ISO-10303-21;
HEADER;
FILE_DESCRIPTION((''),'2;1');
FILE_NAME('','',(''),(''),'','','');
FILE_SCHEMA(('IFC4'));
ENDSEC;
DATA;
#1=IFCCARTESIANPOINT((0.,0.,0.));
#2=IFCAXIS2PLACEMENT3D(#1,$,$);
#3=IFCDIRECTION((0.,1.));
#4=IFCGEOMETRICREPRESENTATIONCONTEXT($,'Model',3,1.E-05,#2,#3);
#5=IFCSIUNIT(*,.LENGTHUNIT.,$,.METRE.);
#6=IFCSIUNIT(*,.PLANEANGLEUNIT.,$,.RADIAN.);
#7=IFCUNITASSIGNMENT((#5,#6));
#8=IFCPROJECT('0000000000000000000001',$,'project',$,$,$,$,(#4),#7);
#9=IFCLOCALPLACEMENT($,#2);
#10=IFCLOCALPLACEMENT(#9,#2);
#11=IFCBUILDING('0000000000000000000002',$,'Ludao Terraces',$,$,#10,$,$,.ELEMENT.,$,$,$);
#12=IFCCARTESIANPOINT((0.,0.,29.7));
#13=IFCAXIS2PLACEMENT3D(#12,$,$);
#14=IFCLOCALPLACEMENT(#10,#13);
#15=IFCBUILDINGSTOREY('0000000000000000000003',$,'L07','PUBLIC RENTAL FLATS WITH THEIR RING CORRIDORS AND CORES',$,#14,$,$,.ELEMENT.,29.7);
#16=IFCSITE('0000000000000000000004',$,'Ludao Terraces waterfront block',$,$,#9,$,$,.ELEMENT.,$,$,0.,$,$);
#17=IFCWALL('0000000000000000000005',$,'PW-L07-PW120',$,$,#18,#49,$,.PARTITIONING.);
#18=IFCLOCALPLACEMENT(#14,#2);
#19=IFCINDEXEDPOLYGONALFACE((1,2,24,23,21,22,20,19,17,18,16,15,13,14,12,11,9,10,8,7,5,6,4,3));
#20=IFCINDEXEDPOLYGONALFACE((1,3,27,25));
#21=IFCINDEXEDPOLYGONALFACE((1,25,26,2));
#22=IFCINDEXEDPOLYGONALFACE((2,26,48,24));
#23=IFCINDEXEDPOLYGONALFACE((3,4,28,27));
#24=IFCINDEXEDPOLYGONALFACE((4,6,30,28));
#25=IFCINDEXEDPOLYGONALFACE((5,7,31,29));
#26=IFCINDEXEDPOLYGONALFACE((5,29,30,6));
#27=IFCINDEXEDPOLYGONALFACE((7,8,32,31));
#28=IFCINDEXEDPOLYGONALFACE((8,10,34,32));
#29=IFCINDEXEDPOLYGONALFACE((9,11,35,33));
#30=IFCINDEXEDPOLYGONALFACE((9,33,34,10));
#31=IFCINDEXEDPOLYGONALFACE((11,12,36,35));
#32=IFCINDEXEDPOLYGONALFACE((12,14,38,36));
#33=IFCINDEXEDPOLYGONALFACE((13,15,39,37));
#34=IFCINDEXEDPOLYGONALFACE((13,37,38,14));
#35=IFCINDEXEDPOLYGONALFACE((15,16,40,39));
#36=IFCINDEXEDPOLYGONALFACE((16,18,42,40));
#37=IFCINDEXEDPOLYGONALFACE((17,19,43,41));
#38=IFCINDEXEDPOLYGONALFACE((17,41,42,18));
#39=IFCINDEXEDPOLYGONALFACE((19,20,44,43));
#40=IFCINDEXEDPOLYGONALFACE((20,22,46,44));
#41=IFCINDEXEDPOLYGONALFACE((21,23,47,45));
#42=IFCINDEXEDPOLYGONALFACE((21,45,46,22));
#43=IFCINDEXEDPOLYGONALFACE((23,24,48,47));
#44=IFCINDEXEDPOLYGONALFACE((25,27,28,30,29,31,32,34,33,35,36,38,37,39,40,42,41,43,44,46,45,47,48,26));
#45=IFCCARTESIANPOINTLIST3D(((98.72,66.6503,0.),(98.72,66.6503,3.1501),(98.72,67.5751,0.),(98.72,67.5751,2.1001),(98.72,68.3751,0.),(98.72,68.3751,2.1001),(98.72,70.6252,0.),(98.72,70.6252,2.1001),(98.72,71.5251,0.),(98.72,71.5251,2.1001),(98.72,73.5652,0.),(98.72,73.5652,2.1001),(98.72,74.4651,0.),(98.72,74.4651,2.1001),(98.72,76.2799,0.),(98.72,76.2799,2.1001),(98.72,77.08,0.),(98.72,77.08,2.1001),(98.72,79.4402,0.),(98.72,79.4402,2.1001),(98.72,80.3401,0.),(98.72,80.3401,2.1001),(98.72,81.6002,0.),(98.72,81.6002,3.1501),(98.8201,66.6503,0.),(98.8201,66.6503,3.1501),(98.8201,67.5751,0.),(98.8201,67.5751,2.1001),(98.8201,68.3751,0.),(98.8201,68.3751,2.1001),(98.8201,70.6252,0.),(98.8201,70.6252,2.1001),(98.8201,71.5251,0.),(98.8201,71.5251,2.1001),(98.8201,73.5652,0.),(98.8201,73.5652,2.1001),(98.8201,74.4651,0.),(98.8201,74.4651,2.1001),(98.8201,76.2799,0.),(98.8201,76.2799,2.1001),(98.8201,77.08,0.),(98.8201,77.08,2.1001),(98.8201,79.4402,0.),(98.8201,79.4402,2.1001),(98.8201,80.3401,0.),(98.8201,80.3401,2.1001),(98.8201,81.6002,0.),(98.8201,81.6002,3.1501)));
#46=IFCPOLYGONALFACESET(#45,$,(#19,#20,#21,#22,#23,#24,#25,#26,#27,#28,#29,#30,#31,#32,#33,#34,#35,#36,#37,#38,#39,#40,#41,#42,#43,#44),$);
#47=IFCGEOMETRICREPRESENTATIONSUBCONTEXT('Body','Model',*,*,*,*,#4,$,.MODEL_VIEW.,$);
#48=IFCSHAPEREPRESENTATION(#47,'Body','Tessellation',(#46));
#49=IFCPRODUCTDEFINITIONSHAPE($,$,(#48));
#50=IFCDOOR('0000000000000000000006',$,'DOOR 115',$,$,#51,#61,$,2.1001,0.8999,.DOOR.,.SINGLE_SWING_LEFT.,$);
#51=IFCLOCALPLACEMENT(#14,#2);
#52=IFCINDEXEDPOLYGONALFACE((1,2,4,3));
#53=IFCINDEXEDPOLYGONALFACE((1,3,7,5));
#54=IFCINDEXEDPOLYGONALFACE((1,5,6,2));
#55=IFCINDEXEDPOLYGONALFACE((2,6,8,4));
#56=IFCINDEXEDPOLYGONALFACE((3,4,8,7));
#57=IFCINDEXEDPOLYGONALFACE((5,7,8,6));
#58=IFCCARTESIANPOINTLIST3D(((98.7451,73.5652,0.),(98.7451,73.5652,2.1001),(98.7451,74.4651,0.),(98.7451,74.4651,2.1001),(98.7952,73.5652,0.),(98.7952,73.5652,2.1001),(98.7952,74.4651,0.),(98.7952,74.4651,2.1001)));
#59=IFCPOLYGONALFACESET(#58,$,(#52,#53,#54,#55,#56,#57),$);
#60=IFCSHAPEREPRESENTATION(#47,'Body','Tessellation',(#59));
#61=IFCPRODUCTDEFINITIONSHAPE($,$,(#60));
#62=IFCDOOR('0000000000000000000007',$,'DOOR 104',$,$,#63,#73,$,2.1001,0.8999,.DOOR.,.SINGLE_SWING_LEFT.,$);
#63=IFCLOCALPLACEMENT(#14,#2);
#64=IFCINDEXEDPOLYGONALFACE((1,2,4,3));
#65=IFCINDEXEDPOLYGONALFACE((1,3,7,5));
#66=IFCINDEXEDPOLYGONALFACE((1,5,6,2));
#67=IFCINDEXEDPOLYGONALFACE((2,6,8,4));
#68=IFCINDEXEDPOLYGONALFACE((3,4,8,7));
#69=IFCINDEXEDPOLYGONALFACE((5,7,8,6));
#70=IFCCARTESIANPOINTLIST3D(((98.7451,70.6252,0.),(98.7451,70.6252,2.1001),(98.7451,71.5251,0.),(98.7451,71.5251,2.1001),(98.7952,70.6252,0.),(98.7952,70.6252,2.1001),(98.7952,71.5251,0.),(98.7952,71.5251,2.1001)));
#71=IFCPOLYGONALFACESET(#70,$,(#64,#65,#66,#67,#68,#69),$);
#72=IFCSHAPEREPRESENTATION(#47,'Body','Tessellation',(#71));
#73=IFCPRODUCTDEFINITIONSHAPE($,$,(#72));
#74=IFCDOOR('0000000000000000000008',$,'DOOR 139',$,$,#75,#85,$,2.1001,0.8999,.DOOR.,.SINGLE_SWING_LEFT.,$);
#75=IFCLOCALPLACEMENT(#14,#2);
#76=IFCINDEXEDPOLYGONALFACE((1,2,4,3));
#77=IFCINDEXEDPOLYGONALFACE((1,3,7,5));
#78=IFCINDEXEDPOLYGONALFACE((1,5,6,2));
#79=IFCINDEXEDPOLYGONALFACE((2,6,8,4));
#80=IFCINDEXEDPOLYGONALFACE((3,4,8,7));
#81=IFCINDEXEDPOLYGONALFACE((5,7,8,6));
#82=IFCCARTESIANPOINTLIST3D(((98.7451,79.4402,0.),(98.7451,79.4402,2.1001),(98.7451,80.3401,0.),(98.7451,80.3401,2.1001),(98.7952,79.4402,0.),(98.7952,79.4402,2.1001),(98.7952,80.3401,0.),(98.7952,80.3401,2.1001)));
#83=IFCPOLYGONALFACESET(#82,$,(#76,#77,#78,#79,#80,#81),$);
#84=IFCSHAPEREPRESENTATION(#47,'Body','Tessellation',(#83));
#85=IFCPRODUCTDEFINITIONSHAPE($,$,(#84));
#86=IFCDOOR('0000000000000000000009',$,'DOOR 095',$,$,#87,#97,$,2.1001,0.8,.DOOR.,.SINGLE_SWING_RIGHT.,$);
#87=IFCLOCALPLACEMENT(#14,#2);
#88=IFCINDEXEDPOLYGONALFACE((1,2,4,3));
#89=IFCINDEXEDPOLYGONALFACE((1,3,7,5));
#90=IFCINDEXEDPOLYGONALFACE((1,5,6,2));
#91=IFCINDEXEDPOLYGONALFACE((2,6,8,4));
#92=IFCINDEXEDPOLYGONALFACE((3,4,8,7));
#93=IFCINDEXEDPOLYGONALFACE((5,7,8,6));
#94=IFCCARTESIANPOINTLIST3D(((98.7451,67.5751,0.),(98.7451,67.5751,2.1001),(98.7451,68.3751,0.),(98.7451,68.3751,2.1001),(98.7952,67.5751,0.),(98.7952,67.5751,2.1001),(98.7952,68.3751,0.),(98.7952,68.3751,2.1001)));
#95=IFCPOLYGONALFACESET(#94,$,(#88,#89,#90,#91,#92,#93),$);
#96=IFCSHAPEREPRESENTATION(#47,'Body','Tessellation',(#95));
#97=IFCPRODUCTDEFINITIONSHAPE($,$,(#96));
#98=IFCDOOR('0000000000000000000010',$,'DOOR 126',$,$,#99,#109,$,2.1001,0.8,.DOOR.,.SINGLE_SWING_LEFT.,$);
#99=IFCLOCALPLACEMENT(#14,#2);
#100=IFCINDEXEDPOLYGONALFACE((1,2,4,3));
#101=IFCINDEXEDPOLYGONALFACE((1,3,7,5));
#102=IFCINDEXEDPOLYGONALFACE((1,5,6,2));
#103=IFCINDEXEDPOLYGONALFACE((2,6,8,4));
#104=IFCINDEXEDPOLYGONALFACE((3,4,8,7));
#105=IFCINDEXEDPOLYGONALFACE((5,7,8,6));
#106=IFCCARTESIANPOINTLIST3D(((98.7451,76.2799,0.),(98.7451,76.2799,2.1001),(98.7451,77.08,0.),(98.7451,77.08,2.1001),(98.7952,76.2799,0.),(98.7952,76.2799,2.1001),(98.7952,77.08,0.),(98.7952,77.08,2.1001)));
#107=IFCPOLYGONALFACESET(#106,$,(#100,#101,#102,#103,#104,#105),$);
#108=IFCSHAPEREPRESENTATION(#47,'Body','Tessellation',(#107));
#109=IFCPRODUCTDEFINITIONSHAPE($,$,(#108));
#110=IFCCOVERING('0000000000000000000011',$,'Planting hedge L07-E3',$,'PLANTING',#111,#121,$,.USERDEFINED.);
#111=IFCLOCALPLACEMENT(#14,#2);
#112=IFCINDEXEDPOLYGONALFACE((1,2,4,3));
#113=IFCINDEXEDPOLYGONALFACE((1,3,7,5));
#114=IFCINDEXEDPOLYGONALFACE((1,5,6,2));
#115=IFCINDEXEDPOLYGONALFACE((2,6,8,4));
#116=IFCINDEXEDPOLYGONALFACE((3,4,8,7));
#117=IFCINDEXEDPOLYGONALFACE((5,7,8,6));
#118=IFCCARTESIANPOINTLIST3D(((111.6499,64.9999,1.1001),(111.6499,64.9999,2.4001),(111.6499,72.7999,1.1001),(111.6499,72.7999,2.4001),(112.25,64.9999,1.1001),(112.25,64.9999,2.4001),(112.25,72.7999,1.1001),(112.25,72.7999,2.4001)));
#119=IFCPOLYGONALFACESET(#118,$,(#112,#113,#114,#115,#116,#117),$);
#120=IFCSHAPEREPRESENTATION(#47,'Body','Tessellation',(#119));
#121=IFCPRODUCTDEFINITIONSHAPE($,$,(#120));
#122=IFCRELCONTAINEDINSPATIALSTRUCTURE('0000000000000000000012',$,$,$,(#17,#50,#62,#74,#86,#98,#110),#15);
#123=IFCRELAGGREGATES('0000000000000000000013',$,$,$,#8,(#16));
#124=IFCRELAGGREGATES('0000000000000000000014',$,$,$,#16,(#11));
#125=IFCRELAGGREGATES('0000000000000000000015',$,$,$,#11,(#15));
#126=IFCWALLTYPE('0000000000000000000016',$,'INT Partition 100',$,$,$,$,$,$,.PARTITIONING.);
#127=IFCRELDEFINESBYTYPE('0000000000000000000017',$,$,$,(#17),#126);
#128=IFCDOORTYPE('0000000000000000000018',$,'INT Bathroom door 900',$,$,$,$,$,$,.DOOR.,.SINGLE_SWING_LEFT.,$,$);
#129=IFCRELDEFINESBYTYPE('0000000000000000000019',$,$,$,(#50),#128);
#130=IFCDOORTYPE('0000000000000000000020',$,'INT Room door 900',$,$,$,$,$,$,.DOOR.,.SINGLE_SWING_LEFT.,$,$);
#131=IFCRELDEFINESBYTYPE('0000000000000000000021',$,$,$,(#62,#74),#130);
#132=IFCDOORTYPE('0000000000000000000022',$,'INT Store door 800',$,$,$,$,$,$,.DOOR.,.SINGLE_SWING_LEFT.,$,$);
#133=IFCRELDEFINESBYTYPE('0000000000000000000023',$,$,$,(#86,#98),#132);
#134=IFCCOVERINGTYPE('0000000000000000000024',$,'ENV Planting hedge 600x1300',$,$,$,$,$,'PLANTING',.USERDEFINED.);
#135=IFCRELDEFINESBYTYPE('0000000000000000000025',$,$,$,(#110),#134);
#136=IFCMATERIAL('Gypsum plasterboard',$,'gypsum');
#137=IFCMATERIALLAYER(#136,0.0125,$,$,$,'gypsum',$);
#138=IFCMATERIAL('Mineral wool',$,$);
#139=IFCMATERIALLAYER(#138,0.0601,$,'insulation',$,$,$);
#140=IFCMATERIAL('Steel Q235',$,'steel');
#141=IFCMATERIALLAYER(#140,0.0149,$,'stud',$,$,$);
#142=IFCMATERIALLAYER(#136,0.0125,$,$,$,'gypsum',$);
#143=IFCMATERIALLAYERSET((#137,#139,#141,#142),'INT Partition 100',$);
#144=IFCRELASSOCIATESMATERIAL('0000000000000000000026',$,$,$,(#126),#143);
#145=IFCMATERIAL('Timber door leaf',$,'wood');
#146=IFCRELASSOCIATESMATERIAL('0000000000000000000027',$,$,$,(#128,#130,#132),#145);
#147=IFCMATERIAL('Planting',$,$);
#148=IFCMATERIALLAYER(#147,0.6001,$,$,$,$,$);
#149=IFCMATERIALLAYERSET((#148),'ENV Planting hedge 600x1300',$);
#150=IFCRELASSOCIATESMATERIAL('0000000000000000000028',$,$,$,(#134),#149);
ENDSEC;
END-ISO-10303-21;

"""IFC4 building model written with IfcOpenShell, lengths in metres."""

from ifc_helpers import new_model, si_unit, direction, frame, frame_2d, origin, origin_2d, place, context, subcontext, project, spatial, rectangle, extrude, material, layer, layer_set, type_object, element, fill, save


model = new_model("IFC4")

# Units and contexts
model_context = context("Model", 3, precision=1e-05, world=origin(), true_north=direction((0.0, 1.0)))
body_context = subcontext(model_context, "Body", "Model", "MODEL_VIEW")
ifc_project = project(units=[si_unit("LENGTHUNIT", "METRE"), si_unit("PLANEANGLEUNIT", "RADIAN")], contexts=[model_context])

# Site, building, storey
site_placement = place(None, origin())
site = spatial("IfcSite", under=ifc_project, at=site_placement, Name="Ludao Terraces waterfront block", CompositionType="ELEMENT", RefElevation=0.0)
building_placement = place(site_placement, origin())
building = spatial("IfcBuilding", under=site, at=building_placement, Name="Ludao Terraces", CompositionType="ELEMENT")
storey_placement = place(building_placement, frame((0.0, 0.0, 29.7)))
storey = spatial("IfcBuildingStorey", under=building, at=storey_placement, Name="L07", Description="PUBLIC RENTAL FLATS WITH THEIR RING CORRIDORS AND CORES", CompositionType="ELEMENT", Elevation=29.7)

# Shared definitions
ifc_material_1 = material(Name="Mineral wool")

# Shared definitions
ifc_material_2 = material(Name="Gypsum plasterboard", Category="gypsum")
ifc_layer_1 = layer(ifc_material_2, 0.0125, Category="gypsum")
ifc_layer_2 = layer(ifc_material_1, 0.0601, Name="insulation")
ifc_material_3 = material(Name="Steel Q235", Category="steel")
ifc_layer_3 = layer(ifc_material_3, 0.0149, Name="stud")
ifc_layer_4 = layer(ifc_material_2, 0.0125, Category="gypsum")
ifc_layer_set_1 = layer_set([ifc_layer_1, ifc_layer_2, ifc_layer_3, ifc_layer_4], Name="INT Partition 100")
wall_type_1 = type_object("IfcWallType", Name="INT Partition 100", PredefinedType="PARTITIONING", material=ifc_layer_set_1)

# Wall, openings, doors
wall_1_placement = place(storey_placement, frame((98.77, 66.6501, 0.0), z_axis=(0.0, 0.0, 1.0), x_axis=(0.0, 1.0, 0.0)))
wall_1 = element("IfcWall", 1, at=wall_1_placement, inside=storey, type_object=wall_type_1, Name="PW-L07-PW120", PredefinedType="PARTITIONING", context=body_context, shape_type="SweptSolid", body=[
    extrude(rectangle(XDim=14.95, YDim=0.1001, at=frame_2d((7.4751, 0.0))), origin(), (0.0, 0.0, 1.0), 3.1501),
])
opening_1_placement = place(wall_1_placement, frame((0.925, 0.0, 0.0)))
opening_1 = element("IfcOpeningElement", 2, at=opening_1_placement, cuts=wall_1, PredefinedType="OPENING", context=body_context, shape_type="SweptSolid", body=[
    extrude(rectangle(XDim=0.8, YDim=2.1001, at=frame_2d((0.3999, 1.05))), frame((0.0, 0.0601, 0.0), z_axis=(0.0, -1.0, 0.0), x_axis=(1.0, 0.0, 0.0)), (0.0, 0.0, 1.0), 0.1201),
])
opening_2_placement = place(wall_1_placement, frame((3.9751, 0.0, 0.0)))
opening_2 = element("IfcOpeningElement", 3, at=opening_2_placement, cuts=wall_1, PredefinedType="OPENING", context=body_context, shape_type="SweptSolid", body=[
    extrude(rectangle(XDim=0.8999, YDim=2.1001, at=frame_2d((0.45, 1.05))), frame((0.0, 0.0601, 0.0), z_axis=(0.0, -1.0, 0.0), x_axis=(1.0, 0.0, 0.0)), (0.0, 0.0, 1.0), 0.1201),
])
opening_3_placement = place(wall_1_placement, frame((6.915, 0.0, 0.0)))
opening_3 = element("IfcOpeningElement", 4, at=opening_3_placement, cuts=wall_1, PredefinedType="OPENING", context=body_context, shape_type="SweptSolid", body=[
    extrude(rectangle(XDim=0.8999, YDim=2.1001, at=frame_2d((0.45, 1.05))), frame((0.0, 0.0601, 0.0), z_axis=(0.0, -1.0, 0.0), x_axis=(1.0, 0.0, 0.0)), (0.0, 0.0, 1.0), 0.1201),
])
opening_4_placement = place(wall_1_placement, frame((9.6299, 0.0, 0.0)))
opening_4 = element("IfcOpeningElement", 5, at=opening_4_placement, cuts=wall_1, PredefinedType="OPENING", context=body_context, shape_type="SweptSolid", body=[
    extrude(rectangle(XDim=0.8, YDim=2.1001, at=frame_2d((0.3999, 1.05))), frame((0.0, 0.0601, 0.0), z_axis=(0.0, -1.0, 0.0), x_axis=(1.0, 0.0, 0.0)), (0.0, 0.0, 1.0), 0.1201),
])
opening_5_placement = place(wall_1_placement, frame((12.79, 0.0, 0.0)))
opening_5 = element("IfcOpeningElement", 6, at=opening_5_placement, cuts=wall_1, PredefinedType="OPENING", context=body_context, shape_type="SweptSolid", body=[
    extrude(rectangle(XDim=0.8999, YDim=2.1001, at=frame_2d((0.45, 1.05))), frame((0.0, 0.0601, 0.0), z_axis=(0.0, -1.0, 0.0), x_axis=(1.0, 0.0, 0.0)), (0.0, 0.0, 1.0), 0.1201),
])
ifc_material_4 = material(Name="Timber door leaf", Category="wood")
door_type_1 = type_object("IfcDoorType", Name="INT Bathroom door 900", OperationType="SINGLE_SWING_LEFT", PredefinedType="DOOR", material=ifc_material_4)
door_1_placement = place(opening_3_placement, origin())
door_1 = element("IfcDoor", 7, at=door_1_placement, inside=storey, type_object=door_type_1, Name="DOOR 115", OperationType="SINGLE_SWING_LEFT", OverallHeight=2.1001, OverallWidth=0.8999, PredefinedType="DOOR", context=body_context, shape_type="SweptSolid", body=[
    extrude(rectangle(XDim=0.8999, YDim=2.1001, at=frame_2d((0.45, 1.05))), frame((0.0, 0.0249, 0.0), z_axis=(0.0, -1.0, 0.0), x_axis=(1.0, 0.0, 0.0)), (0.0, 0.0, 1.0), 0.05),
])
fill(opening_3, door_1)
door_type_2 = type_object("IfcDoorType", Name="INT Room door 900", OperationType="SINGLE_SWING_LEFT", PredefinedType="DOOR", material=ifc_material_4)
door_2_placement = place(opening_2_placement, origin())
door_2 = element("IfcDoor", 8, at=door_2_placement, inside=storey, type_object=door_type_2, Name="DOOR 104", OperationType="SINGLE_SWING_LEFT", OverallHeight=2.1001, OverallWidth=0.8999, PredefinedType="DOOR", context=body_context, shape_type="SweptSolid", body=[
    extrude(rectangle(XDim=0.8999, YDim=2.1001, at=frame_2d((0.45, 1.05))), frame((0.0, 0.0249, 0.0), z_axis=(0.0, -1.0, 0.0), x_axis=(1.0, 0.0, 0.0)), (0.0, 0.0, 1.0), 0.05),
])
fill(opening_2, door_2)
door_3_placement = place(opening_5_placement, origin())
door_3 = element("IfcDoor", 9, at=door_3_placement, inside=storey, type_object=door_type_2, Name="DOOR 139", OperationType="SINGLE_SWING_LEFT", OverallHeight=2.1001, OverallWidth=0.8999, PredefinedType="DOOR", context=body_context, shape_type="SweptSolid", body=[
    extrude(rectangle(XDim=0.8999, YDim=2.1001, at=frame_2d((0.45, 1.05))), frame((0.0, 0.0249, 0.0), z_axis=(0.0, -1.0, 0.0), x_axis=(1.0, 0.0, 0.0)), (0.0, 0.0, 1.0), 0.05),
])
fill(opening_5, door_3)
door_type_3 = type_object("IfcDoorType", Name="INT Store door 800", OperationType="SINGLE_SWING_LEFT", PredefinedType="DOOR", material=ifc_material_4)
door_4_placement = place(opening_1_placement, origin())
door_4 = element("IfcDoor", 10, at=door_4_placement, inside=storey, type_object=door_type_3, Name="DOOR 095", OperationType="SINGLE_SWING_RIGHT", OverallHeight=2.1001, OverallWidth=0.8, PredefinedType="DOOR", context=body_context, shape_type="SweptSolid", body=[
    extrude(rectangle(XDim=0.8, YDim=2.1001, at=frame_2d((0.3999, 1.05))), frame((0.0, 0.0249, 0.0), z_axis=(0.0, -1.0, 0.0), x_axis=(1.0, 0.0, 0.0)), (0.0, 0.0, 1.0), 0.05),
])
fill(opening_1, door_4)
door_5_placement = place(opening_4_placement, origin())
door_5 = element("IfcDoor", 11, at=door_5_placement, inside=storey, type_object=door_type_3, Name="DOOR 126", OperationType="SINGLE_SWING_LEFT", OverallHeight=2.1001, OverallWidth=0.8, PredefinedType="DOOR", context=body_context, shape_type="SweptSolid", body=[
    extrude(rectangle(XDim=0.8, YDim=2.1001, at=frame_2d((0.3999, 1.05))), frame((0.0, 0.0249, 0.0), z_axis=(0.0, -1.0, 0.0), x_axis=(1.0, 0.0, 0.0)), (0.0, 0.0, 1.0), 0.05),
])
fill(opening_4, door_5)

# Covering
ifc_material_5 = material(Name="Planting")
ifc_layer_5 = layer(ifc_material_5, 0.6001)
ifc_layer_set_2 = layer_set([ifc_layer_5], Name="ENV Planting hedge 600x1300")
covering_type = type_object("IfcCoveringType", Name="ENV Planting hedge 600x1300", ElementType="PLANTING", PredefinedType="USERDEFINED", material=ifc_layer_set_2)
covering_placement = place(storey_placement, frame((111.95, 68.8999, 1.1001), z_axis=(0.0, 0.0, 1.0), x_axis=(1.0, 0.0, 0.0)))
element("IfcCovering", 12, at=covering_placement, inside=storey, type_object=covering_type, Name="Planting hedge L07-E3", ObjectType="PLANTING", PredefinedType="USERDEFINED", context=body_context, shape_type="SweptSolid", body=[
    extrude(rectangle(XDim=0.6001, YDim=7.8, at=origin_2d()), origin(), (0.0, 0.0, 1.0), 1.3),
])

save(model, "model.ifc")
